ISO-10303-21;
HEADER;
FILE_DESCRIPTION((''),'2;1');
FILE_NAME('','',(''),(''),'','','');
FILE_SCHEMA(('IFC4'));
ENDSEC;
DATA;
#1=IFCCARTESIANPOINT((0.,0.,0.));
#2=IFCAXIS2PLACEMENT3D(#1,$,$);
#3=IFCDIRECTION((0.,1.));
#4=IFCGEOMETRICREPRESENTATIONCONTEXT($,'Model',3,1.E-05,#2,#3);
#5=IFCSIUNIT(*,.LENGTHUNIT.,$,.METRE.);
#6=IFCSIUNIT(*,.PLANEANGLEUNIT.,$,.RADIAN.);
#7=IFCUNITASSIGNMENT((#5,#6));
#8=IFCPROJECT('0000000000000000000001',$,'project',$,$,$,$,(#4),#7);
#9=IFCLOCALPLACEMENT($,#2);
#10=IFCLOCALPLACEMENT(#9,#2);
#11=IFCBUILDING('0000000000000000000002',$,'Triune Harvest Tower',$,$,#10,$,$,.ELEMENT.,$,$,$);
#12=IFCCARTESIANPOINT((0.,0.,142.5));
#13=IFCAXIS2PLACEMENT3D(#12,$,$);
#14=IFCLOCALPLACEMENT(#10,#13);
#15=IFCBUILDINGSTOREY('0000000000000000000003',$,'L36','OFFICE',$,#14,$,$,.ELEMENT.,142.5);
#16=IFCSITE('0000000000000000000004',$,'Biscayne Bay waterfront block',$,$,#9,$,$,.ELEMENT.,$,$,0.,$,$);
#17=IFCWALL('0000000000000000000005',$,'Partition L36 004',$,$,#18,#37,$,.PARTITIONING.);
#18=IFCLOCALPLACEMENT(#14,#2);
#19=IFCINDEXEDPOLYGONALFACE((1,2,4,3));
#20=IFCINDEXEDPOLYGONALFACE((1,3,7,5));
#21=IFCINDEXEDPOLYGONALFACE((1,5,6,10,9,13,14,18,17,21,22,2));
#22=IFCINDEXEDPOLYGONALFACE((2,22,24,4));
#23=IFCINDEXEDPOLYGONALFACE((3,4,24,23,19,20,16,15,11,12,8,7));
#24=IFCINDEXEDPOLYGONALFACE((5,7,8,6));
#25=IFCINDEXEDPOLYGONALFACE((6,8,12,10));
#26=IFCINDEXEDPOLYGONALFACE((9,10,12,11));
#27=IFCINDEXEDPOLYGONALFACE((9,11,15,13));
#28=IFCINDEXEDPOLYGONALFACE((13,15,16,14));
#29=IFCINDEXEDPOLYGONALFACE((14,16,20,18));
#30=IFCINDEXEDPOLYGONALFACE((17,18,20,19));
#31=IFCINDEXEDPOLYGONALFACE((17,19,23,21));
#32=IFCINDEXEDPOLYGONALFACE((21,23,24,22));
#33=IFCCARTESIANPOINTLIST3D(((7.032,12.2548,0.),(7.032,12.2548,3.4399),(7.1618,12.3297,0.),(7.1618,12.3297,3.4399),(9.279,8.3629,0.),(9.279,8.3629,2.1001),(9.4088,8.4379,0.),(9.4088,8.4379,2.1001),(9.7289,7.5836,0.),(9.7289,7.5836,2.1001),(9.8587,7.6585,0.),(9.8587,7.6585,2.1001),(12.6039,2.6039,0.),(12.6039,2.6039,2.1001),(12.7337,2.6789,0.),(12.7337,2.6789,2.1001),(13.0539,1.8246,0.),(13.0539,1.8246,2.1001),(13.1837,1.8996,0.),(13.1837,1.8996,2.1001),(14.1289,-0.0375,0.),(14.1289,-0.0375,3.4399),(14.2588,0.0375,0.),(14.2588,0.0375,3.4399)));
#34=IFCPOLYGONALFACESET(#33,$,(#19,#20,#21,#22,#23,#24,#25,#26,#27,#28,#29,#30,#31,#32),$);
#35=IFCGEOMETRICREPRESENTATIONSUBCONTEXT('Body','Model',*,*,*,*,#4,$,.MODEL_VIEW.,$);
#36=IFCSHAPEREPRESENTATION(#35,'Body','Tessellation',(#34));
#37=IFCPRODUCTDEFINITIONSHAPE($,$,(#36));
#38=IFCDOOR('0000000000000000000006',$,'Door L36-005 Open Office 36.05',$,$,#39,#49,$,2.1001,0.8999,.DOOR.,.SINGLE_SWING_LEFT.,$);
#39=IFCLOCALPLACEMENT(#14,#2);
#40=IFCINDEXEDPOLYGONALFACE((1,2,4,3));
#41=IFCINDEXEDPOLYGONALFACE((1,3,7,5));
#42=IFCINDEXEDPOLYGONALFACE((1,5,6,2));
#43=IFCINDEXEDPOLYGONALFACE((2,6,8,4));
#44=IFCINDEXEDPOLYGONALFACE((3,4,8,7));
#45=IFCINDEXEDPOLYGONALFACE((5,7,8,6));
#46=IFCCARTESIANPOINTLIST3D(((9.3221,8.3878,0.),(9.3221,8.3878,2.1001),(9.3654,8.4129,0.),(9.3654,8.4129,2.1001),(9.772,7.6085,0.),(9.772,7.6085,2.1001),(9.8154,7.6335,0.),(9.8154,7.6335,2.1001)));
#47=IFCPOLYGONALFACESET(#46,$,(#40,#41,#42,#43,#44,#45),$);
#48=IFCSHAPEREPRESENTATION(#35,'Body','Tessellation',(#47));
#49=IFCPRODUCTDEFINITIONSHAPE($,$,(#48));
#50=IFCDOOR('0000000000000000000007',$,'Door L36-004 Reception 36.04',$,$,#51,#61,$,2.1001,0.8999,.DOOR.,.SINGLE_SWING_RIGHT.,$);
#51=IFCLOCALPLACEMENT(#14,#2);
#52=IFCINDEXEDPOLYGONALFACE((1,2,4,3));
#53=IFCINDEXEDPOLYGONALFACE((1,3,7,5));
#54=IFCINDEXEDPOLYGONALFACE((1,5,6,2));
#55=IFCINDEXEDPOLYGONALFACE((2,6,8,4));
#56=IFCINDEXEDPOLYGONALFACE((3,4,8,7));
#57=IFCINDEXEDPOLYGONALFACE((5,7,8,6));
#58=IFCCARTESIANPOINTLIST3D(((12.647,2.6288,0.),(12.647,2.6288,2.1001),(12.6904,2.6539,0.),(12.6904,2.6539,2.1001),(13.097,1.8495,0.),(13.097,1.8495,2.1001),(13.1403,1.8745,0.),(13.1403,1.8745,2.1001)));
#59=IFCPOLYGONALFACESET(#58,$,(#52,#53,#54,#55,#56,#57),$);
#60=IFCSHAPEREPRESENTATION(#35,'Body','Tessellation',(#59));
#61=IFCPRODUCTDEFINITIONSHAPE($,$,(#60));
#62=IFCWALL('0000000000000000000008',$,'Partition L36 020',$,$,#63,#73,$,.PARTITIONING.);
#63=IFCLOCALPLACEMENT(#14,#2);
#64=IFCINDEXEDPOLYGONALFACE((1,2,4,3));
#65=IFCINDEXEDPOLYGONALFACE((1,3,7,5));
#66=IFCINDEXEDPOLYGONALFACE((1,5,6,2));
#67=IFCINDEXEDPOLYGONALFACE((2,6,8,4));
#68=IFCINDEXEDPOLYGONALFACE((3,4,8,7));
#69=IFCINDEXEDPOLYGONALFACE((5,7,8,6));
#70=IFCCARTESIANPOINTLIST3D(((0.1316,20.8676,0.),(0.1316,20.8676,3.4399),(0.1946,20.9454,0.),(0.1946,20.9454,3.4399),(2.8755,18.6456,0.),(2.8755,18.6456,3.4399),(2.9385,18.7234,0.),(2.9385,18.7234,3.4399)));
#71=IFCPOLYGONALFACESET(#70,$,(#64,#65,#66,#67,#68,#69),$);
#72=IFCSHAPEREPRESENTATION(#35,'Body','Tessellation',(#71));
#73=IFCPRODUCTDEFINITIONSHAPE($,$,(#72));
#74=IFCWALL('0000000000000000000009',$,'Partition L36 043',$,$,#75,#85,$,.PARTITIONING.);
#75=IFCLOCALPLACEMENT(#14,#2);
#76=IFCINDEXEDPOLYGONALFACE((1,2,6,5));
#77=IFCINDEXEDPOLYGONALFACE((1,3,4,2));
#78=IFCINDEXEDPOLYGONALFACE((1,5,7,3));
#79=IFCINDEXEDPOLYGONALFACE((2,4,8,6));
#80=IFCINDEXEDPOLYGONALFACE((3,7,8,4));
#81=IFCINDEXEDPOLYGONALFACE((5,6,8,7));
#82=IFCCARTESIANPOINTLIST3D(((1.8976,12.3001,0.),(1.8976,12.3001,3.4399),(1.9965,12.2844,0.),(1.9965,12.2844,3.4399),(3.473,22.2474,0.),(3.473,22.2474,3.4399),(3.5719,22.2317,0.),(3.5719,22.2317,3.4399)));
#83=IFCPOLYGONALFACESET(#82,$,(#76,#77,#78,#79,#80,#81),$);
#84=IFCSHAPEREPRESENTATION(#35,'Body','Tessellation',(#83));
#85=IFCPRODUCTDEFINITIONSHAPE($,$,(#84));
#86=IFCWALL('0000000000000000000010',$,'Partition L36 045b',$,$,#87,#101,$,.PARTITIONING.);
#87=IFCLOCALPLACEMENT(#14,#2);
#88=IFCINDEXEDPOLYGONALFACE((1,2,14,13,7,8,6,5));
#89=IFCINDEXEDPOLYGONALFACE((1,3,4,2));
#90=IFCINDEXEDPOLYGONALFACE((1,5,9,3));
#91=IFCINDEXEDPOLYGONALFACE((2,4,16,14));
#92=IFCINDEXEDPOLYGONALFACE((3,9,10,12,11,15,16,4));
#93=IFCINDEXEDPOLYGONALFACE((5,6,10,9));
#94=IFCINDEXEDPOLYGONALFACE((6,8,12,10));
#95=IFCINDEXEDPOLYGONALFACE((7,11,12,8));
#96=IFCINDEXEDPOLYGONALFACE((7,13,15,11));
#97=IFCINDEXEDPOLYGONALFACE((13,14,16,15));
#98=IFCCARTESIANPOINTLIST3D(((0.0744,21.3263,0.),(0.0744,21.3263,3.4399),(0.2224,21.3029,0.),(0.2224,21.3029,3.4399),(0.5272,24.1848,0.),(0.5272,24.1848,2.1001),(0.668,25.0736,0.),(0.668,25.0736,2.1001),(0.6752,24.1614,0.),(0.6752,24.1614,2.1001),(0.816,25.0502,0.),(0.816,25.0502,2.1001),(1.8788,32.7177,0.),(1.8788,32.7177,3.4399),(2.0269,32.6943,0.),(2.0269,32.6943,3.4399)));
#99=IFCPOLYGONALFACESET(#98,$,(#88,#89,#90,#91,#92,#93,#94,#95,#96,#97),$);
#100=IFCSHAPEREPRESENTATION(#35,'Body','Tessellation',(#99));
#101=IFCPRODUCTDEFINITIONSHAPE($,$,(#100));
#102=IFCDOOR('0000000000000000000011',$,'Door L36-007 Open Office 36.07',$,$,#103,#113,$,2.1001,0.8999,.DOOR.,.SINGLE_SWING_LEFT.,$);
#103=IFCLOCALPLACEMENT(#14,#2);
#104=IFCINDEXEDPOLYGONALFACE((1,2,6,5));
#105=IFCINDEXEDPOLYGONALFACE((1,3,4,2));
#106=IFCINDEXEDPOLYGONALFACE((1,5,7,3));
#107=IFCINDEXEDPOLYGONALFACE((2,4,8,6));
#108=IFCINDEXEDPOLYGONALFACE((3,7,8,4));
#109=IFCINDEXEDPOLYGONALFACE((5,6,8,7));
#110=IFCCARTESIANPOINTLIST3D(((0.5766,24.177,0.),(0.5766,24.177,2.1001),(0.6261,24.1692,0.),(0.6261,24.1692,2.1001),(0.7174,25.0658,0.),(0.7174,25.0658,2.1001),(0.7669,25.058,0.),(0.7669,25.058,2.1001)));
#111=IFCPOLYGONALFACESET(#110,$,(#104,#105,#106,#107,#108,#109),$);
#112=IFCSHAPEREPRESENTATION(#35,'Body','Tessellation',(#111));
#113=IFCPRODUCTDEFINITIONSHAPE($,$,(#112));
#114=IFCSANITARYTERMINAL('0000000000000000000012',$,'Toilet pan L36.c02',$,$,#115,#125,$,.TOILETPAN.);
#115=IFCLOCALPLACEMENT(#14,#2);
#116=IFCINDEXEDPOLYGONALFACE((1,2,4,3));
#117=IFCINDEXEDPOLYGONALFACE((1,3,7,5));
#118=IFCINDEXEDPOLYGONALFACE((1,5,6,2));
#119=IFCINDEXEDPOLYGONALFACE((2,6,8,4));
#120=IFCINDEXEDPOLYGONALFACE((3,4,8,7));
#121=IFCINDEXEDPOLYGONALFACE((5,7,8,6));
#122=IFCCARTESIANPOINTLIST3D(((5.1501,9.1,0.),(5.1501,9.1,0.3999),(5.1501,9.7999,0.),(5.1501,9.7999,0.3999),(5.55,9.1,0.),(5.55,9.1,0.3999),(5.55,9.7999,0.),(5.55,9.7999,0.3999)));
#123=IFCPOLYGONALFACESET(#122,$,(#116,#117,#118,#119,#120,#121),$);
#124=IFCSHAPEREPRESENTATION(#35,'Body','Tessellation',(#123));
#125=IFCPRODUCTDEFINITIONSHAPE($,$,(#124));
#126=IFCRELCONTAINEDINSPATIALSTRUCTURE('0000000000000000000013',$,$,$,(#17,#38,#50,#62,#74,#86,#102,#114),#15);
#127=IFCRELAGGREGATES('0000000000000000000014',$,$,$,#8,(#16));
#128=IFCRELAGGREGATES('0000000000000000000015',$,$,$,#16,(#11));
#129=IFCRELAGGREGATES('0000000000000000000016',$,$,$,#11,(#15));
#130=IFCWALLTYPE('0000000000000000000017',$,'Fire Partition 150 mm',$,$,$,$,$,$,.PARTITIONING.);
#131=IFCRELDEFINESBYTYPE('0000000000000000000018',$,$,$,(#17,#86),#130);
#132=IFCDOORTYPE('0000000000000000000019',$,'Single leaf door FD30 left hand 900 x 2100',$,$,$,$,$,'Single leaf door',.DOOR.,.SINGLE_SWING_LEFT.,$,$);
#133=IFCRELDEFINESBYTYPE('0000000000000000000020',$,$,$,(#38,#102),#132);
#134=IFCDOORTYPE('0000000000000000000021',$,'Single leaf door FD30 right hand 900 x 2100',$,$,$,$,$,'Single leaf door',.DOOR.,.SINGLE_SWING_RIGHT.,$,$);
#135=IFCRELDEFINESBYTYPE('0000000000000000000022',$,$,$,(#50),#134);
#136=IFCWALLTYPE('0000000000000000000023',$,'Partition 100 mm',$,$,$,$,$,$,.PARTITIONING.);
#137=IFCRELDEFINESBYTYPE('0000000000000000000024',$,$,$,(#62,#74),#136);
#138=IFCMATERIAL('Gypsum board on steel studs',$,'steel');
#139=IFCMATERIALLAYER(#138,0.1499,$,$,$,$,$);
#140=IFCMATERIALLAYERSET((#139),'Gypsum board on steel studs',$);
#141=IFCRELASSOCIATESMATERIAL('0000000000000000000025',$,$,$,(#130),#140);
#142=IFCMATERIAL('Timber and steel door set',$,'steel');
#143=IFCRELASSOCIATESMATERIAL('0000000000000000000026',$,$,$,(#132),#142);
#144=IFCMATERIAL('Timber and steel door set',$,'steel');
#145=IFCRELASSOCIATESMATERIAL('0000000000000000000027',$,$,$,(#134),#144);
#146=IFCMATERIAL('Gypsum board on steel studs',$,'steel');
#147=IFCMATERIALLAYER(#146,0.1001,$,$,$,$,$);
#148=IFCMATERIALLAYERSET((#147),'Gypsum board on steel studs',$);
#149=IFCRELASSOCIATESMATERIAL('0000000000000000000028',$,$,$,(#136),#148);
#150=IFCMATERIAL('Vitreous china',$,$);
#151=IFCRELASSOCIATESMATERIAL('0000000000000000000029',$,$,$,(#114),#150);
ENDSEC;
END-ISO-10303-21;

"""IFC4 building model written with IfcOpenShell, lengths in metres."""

from ifc_helpers import new_model, si_unit, direction, frame, frame_2d, origin, origin_2d, place, context, subcontext, project, spatial, rectangle, extrude, source, transform, mapped, material, layer, layer_set, type_object, element, fill, save


model = new_model("IFC4")

# Units and contexts
model_context = context("Model", 3, precision=1e-05, world=origin(), true_north=direction((0.0, 1.0)))
body_context = subcontext(model_context, "Body", "Model", "MODEL_VIEW")
ifc_project = project(units=[si_unit("LENGTHUNIT", "METRE"), si_unit("PLANEANGLEUNIT", "RADIAN")], contexts=[model_context])

# Site, building, storey
site_placement = place(None, origin())
site = spatial("IfcSite", under=ifc_project, at=site_placement, Name="Biscayne Bay waterfront block", CompositionType="ELEMENT", RefElevation=0.0)
building_placement = place(site_placement, origin())
building = spatial("IfcBuilding", under=site, at=building_placement, Name="Triune Harvest Tower", CompositionType="ELEMENT")
storey_placement = place(building_placement, frame((0.0, 0.0, 142.5)))
storey = spatial("IfcBuildingStorey", under=building, at=storey_placement, Name="L36", Description="OFFICE", CompositionType="ELEMENT", Elevation=142.5)

# Wall, openings, doors
ifc_material_1 = material(Name="Gypsum board on steel studs", Category="steel")
ifc_layer_1 = layer(ifc_material_1, 0.1499)
ifc_layer_set_1 = layer_set([ifc_layer_1], Name="Gypsum board on steel studs")
wall_type_1 = type_object("IfcWallType", Name="Fire Partition 150 mm", PredefinedType="PARTITIONING", material=ifc_layer_set_1)
shared_shape_1 = source(origin(), body_context, "Body", "SweptSolid", [
    extrude(rectangle(XDim=14.1938, YDim=0.1499, at=frame_2d((7.0969, 0.0))), origin(), (0.0, 0.0, 1.0), 3.4399),
])
wall_1_placement = place(storey_placement, frame((7.0969, 12.2922, 0.0), z_axis=(0.0, 0.0, 1.0), x_axis=(0.5, -0.866025, 0.0)))
wall_1 = element("IfcWall", 1, at=wall_1_placement, inside=storey, type_object=wall_type_1, Name="Partition L36 004", PredefinedType="PARTITIONING", context=body_context, shape_type="MappedRepresentation", body=[
    mapped(shared_shape_1, transform((0.0, 0.0, 0.0), scale=1.0)),
])
opening_1_placement = place(wall_1_placement, frame((11.1438, 0.0, 0.0)))
opening_1 = element("IfcOpeningElement", 2, at=opening_1_placement, cuts=wall_1, PredefinedType="OPENING", context=body_context, shape_type="SweptSolid", body=[
    extrude(rectangle(XDim=0.8999, YDim=2.1001, at=frame_2d((0.45, 1.05))), frame((0.0, 0.085, 0.0), z_axis=(0.0, -1.0, 0.0), x_axis=(1.0, 0.0, 0.0)), (0.0, 0.0, 1.0), 0.1699),
])
opening_2_placement = place(wall_1_placement, frame((4.4939, 0.0, 0.0)))
opening_2 = element("IfcOpeningElement", 3, at=opening_2_placement, cuts=wall_1, PredefinedType="OPENING", context=body_context, shape_type="SweptSolid", body=[
    extrude(rectangle(XDim=0.8999, YDim=2.1001, at=frame_2d((0.45, 1.05))), frame((0.0, 0.085, 0.0), z_axis=(0.0, -1.0, 0.0), x_axis=(1.0, 0.0, 0.0)), (0.0, 0.0, 1.0), 0.1699),
])
ifc_material_2 = material(Name="Timber and steel door set", Category="steel")
door_type_1 = type_object("IfcDoorType", Name="Single leaf door FD30 left hand 900 x 2100", ElementType="Single leaf door", OperationType="SINGLE_SWING_LEFT", PredefinedType="DOOR", material=ifc_material_2)
door_1_placement = place(opening_2_placement, origin())
door_1 = element("IfcDoor", 4, at=door_1_placement, inside=storey, type_object=door_type_1, Name="Door L36-005 Open Office 36.05", OperationType="SINGLE_SWING_LEFT", OverallHeight=2.1001, OverallWidth=0.8999, PredefinedType="DOOR", context=body_context, shape_type="SweptSolid", body=[
    extrude(rectangle(XDim=0.8999, YDim=2.1001, at=frame_2d((0.45, 1.05))), frame((0.0, 0.0249, 0.0), z_axis=(0.0, -1.0, 0.0), x_axis=(1.0, 0.0, 0.0)), (0.0, 0.0, 1.0), 0.05),
])
fill(opening_2, door_1)
ifc_material_3 = material(Name="Timber and steel door set", Category="steel")
door_type_2 = type_object("IfcDoorType", Name="Single leaf door FD30 right hand 900 x 2100", ElementType="Single leaf door", OperationType="SINGLE_SWING_RIGHT", PredefinedType="DOOR", material=ifc_material_3)
door_2_placement = place(opening_1_placement, origin())
door_2 = element("IfcDoor", 5, at=door_2_placement, inside=storey, type_object=door_type_2, Name="Door L36-004 Reception 36.04", OperationType="SINGLE_SWING_RIGHT", OverallHeight=2.1001, OverallWidth=0.8999, PredefinedType="DOOR", context=body_context, shape_type="SweptSolid", body=[
    extrude(rectangle(XDim=0.8999, YDim=2.1001, at=frame_2d((0.45, 1.05))), frame((0.0, 0.0249, 0.0), z_axis=(0.0, -1.0, 0.0), x_axis=(1.0, 0.0, 0.0)), (0.0, 0.0, 1.0), 0.05),
])
fill(opening_1, door_2)

# Walls
ifc_material_4 = material(Name="Gypsum board on steel studs", Category="steel")
ifc_layer_2 = layer(ifc_material_4, 0.1001)
ifc_layer_set_2 = layer_set([ifc_layer_2], Name="Gypsum board on steel studs")
wall_type_2 = type_object("IfcWallType", Name="Partition 100 mm", PredefinedType="PARTITIONING", material=ifc_layer_set_2)
shared_shape_2 = source(origin(), body_context, "Body", "SweptSolid", [
    extrude(rectangle(XDim=3.5308, YDim=0.1001, at=frame_2d((1.7654, 0.0))), origin(), (0.0, 0.0, 1.0), 3.4399),
])
wall_2_placement = place(storey_placement, frame((0.1631, 20.9065, 0.0), z_axis=(0.0, 0.0, 1.0), x_axis=(0.777151, -0.629314, 0.0)))
element("IfcWall", 6, at=wall_2_placement, inside=storey, type_object=wall_type_2, Name="Partition L36 020", PredefinedType="PARTITIONING", context=body_context, shape_type="MappedRepresentation", body=[
    mapped(shared_shape_2, transform((0.0, 0.0, 0.0), scale=1.0)),
])
shared_shape_3 = source(origin(), body_context, "Body", "SweptSolid", [
    extrude(rectangle(XDim=10.0713, YDim=0.1001, at=frame_2d((5.0356, 0.0))), origin(), (0.0, 0.0, 1.0), 3.4399),
])
wall_3_placement = place(storey_placement, frame((1.947, 12.2922, 0.0), z_axis=(0.0, 0.0, 1.0), x_axis=(0.156429, 0.987689, 0.0)))
element("IfcWall", 7, at=wall_3_placement, inside=storey, type_object=wall_type_2, Name="Partition L36 043", PredefinedType="PARTITIONING", context=body_context, shape_type="MappedRepresentation", body=[
    mapped(shared_shape_3, transform((0.0, 0.0, 0.0), scale=1.0)),
])

# Wall, opening, door
shared_shape_4 = source(origin(), body_context, "Body", "SweptSolid", [
    extrude(rectangle(XDim=11.5334, YDim=0.1499, at=frame_2d((5.7666, 0.0))), origin(), (0.0, 0.0, 1.0), 3.4399),
])
wall_4_placement = place(storey_placement, frame((0.1484, 21.3147, 0.0), z_axis=(0.0, 0.0, 1.0), x_axis=(0.156454, 0.987685, 0.0)))
wall_4 = element("IfcWall", 8, at=wall_4_placement, inside=storey, type_object=wall_type_1, Name="Partition L36 045b", PredefinedType="PARTITIONING", context=body_context, shape_type="MappedRepresentation", body=[
    mapped(shared_shape_4, transform((0.0, 0.0, 0.0), scale=1.0)),
])
opening_3_placement = place(wall_4_placement, frame((2.894, 0.0, 0.0)))
opening_3 = element("IfcOpeningElement", 9, at=opening_3_placement, cuts=wall_4, PredefinedType="OPENING", context=body_context, shape_type="SweptSolid", body=[
    extrude(rectangle(XDim=0.8999, YDim=2.1001, at=frame_2d((0.45, 1.05))), frame((0.0, 0.085, 0.0), z_axis=(0.0, -1.0, 0.0), x_axis=(1.0, 0.0, 0.0)), (0.0, 0.0, 1.0), 0.1699),
])
door_3_placement = place(opening_3_placement, origin())
door_3 = element("IfcDoor", 10, at=door_3_placement, inside=storey, type_object=door_type_1, Name="Door L36-007 Open Office 36.07", OperationType="SINGLE_SWING_LEFT", OverallHeight=2.1001, OverallWidth=0.8999, PredefinedType="DOOR", context=body_context, shape_type="SweptSolid", body=[
    extrude(rectangle(XDim=0.8999, YDim=2.1001, at=frame_2d((0.45, 1.05))), frame((0.0, 0.0249, 0.0), z_axis=(0.0, -1.0, 0.0), x_axis=(1.0, 0.0, 0.0)), (0.0, 0.0, 1.0), 0.05),
])
fill(opening_3, door_3)

# Sanitary terminal
ifc_material_5 = material(Name="Vitreous china")
shared_shape_5 = source(origin(), body_context, "Body", "SweptSolid", [
    extrude(rectangle(XDim=0.3999, YDim=0.7, at=origin_2d()), origin(), (0.0, 0.0, 1.0), 0.3999),
])
sanitary_terminal_placement = place(storey_placement, frame((5.3501, 9.45, 0.0), z_axis=(0.0, 0.0, 1.0), x_axis=(1.0, 0.0, 0.0)))
element("IfcSanitaryTerminal", 11, at=sanitary_terminal_placement, inside=storey, material=ifc_material_5, Name="Toilet pan L36.c02", PredefinedType="TOILETPAN", context=body_context, shape_type="MappedRepresentation", body=[
    mapped(shared_shape_5, transform((0.0, 0.0, 0.0), scale=1.0)),
])

save(model, "model.ifc")
